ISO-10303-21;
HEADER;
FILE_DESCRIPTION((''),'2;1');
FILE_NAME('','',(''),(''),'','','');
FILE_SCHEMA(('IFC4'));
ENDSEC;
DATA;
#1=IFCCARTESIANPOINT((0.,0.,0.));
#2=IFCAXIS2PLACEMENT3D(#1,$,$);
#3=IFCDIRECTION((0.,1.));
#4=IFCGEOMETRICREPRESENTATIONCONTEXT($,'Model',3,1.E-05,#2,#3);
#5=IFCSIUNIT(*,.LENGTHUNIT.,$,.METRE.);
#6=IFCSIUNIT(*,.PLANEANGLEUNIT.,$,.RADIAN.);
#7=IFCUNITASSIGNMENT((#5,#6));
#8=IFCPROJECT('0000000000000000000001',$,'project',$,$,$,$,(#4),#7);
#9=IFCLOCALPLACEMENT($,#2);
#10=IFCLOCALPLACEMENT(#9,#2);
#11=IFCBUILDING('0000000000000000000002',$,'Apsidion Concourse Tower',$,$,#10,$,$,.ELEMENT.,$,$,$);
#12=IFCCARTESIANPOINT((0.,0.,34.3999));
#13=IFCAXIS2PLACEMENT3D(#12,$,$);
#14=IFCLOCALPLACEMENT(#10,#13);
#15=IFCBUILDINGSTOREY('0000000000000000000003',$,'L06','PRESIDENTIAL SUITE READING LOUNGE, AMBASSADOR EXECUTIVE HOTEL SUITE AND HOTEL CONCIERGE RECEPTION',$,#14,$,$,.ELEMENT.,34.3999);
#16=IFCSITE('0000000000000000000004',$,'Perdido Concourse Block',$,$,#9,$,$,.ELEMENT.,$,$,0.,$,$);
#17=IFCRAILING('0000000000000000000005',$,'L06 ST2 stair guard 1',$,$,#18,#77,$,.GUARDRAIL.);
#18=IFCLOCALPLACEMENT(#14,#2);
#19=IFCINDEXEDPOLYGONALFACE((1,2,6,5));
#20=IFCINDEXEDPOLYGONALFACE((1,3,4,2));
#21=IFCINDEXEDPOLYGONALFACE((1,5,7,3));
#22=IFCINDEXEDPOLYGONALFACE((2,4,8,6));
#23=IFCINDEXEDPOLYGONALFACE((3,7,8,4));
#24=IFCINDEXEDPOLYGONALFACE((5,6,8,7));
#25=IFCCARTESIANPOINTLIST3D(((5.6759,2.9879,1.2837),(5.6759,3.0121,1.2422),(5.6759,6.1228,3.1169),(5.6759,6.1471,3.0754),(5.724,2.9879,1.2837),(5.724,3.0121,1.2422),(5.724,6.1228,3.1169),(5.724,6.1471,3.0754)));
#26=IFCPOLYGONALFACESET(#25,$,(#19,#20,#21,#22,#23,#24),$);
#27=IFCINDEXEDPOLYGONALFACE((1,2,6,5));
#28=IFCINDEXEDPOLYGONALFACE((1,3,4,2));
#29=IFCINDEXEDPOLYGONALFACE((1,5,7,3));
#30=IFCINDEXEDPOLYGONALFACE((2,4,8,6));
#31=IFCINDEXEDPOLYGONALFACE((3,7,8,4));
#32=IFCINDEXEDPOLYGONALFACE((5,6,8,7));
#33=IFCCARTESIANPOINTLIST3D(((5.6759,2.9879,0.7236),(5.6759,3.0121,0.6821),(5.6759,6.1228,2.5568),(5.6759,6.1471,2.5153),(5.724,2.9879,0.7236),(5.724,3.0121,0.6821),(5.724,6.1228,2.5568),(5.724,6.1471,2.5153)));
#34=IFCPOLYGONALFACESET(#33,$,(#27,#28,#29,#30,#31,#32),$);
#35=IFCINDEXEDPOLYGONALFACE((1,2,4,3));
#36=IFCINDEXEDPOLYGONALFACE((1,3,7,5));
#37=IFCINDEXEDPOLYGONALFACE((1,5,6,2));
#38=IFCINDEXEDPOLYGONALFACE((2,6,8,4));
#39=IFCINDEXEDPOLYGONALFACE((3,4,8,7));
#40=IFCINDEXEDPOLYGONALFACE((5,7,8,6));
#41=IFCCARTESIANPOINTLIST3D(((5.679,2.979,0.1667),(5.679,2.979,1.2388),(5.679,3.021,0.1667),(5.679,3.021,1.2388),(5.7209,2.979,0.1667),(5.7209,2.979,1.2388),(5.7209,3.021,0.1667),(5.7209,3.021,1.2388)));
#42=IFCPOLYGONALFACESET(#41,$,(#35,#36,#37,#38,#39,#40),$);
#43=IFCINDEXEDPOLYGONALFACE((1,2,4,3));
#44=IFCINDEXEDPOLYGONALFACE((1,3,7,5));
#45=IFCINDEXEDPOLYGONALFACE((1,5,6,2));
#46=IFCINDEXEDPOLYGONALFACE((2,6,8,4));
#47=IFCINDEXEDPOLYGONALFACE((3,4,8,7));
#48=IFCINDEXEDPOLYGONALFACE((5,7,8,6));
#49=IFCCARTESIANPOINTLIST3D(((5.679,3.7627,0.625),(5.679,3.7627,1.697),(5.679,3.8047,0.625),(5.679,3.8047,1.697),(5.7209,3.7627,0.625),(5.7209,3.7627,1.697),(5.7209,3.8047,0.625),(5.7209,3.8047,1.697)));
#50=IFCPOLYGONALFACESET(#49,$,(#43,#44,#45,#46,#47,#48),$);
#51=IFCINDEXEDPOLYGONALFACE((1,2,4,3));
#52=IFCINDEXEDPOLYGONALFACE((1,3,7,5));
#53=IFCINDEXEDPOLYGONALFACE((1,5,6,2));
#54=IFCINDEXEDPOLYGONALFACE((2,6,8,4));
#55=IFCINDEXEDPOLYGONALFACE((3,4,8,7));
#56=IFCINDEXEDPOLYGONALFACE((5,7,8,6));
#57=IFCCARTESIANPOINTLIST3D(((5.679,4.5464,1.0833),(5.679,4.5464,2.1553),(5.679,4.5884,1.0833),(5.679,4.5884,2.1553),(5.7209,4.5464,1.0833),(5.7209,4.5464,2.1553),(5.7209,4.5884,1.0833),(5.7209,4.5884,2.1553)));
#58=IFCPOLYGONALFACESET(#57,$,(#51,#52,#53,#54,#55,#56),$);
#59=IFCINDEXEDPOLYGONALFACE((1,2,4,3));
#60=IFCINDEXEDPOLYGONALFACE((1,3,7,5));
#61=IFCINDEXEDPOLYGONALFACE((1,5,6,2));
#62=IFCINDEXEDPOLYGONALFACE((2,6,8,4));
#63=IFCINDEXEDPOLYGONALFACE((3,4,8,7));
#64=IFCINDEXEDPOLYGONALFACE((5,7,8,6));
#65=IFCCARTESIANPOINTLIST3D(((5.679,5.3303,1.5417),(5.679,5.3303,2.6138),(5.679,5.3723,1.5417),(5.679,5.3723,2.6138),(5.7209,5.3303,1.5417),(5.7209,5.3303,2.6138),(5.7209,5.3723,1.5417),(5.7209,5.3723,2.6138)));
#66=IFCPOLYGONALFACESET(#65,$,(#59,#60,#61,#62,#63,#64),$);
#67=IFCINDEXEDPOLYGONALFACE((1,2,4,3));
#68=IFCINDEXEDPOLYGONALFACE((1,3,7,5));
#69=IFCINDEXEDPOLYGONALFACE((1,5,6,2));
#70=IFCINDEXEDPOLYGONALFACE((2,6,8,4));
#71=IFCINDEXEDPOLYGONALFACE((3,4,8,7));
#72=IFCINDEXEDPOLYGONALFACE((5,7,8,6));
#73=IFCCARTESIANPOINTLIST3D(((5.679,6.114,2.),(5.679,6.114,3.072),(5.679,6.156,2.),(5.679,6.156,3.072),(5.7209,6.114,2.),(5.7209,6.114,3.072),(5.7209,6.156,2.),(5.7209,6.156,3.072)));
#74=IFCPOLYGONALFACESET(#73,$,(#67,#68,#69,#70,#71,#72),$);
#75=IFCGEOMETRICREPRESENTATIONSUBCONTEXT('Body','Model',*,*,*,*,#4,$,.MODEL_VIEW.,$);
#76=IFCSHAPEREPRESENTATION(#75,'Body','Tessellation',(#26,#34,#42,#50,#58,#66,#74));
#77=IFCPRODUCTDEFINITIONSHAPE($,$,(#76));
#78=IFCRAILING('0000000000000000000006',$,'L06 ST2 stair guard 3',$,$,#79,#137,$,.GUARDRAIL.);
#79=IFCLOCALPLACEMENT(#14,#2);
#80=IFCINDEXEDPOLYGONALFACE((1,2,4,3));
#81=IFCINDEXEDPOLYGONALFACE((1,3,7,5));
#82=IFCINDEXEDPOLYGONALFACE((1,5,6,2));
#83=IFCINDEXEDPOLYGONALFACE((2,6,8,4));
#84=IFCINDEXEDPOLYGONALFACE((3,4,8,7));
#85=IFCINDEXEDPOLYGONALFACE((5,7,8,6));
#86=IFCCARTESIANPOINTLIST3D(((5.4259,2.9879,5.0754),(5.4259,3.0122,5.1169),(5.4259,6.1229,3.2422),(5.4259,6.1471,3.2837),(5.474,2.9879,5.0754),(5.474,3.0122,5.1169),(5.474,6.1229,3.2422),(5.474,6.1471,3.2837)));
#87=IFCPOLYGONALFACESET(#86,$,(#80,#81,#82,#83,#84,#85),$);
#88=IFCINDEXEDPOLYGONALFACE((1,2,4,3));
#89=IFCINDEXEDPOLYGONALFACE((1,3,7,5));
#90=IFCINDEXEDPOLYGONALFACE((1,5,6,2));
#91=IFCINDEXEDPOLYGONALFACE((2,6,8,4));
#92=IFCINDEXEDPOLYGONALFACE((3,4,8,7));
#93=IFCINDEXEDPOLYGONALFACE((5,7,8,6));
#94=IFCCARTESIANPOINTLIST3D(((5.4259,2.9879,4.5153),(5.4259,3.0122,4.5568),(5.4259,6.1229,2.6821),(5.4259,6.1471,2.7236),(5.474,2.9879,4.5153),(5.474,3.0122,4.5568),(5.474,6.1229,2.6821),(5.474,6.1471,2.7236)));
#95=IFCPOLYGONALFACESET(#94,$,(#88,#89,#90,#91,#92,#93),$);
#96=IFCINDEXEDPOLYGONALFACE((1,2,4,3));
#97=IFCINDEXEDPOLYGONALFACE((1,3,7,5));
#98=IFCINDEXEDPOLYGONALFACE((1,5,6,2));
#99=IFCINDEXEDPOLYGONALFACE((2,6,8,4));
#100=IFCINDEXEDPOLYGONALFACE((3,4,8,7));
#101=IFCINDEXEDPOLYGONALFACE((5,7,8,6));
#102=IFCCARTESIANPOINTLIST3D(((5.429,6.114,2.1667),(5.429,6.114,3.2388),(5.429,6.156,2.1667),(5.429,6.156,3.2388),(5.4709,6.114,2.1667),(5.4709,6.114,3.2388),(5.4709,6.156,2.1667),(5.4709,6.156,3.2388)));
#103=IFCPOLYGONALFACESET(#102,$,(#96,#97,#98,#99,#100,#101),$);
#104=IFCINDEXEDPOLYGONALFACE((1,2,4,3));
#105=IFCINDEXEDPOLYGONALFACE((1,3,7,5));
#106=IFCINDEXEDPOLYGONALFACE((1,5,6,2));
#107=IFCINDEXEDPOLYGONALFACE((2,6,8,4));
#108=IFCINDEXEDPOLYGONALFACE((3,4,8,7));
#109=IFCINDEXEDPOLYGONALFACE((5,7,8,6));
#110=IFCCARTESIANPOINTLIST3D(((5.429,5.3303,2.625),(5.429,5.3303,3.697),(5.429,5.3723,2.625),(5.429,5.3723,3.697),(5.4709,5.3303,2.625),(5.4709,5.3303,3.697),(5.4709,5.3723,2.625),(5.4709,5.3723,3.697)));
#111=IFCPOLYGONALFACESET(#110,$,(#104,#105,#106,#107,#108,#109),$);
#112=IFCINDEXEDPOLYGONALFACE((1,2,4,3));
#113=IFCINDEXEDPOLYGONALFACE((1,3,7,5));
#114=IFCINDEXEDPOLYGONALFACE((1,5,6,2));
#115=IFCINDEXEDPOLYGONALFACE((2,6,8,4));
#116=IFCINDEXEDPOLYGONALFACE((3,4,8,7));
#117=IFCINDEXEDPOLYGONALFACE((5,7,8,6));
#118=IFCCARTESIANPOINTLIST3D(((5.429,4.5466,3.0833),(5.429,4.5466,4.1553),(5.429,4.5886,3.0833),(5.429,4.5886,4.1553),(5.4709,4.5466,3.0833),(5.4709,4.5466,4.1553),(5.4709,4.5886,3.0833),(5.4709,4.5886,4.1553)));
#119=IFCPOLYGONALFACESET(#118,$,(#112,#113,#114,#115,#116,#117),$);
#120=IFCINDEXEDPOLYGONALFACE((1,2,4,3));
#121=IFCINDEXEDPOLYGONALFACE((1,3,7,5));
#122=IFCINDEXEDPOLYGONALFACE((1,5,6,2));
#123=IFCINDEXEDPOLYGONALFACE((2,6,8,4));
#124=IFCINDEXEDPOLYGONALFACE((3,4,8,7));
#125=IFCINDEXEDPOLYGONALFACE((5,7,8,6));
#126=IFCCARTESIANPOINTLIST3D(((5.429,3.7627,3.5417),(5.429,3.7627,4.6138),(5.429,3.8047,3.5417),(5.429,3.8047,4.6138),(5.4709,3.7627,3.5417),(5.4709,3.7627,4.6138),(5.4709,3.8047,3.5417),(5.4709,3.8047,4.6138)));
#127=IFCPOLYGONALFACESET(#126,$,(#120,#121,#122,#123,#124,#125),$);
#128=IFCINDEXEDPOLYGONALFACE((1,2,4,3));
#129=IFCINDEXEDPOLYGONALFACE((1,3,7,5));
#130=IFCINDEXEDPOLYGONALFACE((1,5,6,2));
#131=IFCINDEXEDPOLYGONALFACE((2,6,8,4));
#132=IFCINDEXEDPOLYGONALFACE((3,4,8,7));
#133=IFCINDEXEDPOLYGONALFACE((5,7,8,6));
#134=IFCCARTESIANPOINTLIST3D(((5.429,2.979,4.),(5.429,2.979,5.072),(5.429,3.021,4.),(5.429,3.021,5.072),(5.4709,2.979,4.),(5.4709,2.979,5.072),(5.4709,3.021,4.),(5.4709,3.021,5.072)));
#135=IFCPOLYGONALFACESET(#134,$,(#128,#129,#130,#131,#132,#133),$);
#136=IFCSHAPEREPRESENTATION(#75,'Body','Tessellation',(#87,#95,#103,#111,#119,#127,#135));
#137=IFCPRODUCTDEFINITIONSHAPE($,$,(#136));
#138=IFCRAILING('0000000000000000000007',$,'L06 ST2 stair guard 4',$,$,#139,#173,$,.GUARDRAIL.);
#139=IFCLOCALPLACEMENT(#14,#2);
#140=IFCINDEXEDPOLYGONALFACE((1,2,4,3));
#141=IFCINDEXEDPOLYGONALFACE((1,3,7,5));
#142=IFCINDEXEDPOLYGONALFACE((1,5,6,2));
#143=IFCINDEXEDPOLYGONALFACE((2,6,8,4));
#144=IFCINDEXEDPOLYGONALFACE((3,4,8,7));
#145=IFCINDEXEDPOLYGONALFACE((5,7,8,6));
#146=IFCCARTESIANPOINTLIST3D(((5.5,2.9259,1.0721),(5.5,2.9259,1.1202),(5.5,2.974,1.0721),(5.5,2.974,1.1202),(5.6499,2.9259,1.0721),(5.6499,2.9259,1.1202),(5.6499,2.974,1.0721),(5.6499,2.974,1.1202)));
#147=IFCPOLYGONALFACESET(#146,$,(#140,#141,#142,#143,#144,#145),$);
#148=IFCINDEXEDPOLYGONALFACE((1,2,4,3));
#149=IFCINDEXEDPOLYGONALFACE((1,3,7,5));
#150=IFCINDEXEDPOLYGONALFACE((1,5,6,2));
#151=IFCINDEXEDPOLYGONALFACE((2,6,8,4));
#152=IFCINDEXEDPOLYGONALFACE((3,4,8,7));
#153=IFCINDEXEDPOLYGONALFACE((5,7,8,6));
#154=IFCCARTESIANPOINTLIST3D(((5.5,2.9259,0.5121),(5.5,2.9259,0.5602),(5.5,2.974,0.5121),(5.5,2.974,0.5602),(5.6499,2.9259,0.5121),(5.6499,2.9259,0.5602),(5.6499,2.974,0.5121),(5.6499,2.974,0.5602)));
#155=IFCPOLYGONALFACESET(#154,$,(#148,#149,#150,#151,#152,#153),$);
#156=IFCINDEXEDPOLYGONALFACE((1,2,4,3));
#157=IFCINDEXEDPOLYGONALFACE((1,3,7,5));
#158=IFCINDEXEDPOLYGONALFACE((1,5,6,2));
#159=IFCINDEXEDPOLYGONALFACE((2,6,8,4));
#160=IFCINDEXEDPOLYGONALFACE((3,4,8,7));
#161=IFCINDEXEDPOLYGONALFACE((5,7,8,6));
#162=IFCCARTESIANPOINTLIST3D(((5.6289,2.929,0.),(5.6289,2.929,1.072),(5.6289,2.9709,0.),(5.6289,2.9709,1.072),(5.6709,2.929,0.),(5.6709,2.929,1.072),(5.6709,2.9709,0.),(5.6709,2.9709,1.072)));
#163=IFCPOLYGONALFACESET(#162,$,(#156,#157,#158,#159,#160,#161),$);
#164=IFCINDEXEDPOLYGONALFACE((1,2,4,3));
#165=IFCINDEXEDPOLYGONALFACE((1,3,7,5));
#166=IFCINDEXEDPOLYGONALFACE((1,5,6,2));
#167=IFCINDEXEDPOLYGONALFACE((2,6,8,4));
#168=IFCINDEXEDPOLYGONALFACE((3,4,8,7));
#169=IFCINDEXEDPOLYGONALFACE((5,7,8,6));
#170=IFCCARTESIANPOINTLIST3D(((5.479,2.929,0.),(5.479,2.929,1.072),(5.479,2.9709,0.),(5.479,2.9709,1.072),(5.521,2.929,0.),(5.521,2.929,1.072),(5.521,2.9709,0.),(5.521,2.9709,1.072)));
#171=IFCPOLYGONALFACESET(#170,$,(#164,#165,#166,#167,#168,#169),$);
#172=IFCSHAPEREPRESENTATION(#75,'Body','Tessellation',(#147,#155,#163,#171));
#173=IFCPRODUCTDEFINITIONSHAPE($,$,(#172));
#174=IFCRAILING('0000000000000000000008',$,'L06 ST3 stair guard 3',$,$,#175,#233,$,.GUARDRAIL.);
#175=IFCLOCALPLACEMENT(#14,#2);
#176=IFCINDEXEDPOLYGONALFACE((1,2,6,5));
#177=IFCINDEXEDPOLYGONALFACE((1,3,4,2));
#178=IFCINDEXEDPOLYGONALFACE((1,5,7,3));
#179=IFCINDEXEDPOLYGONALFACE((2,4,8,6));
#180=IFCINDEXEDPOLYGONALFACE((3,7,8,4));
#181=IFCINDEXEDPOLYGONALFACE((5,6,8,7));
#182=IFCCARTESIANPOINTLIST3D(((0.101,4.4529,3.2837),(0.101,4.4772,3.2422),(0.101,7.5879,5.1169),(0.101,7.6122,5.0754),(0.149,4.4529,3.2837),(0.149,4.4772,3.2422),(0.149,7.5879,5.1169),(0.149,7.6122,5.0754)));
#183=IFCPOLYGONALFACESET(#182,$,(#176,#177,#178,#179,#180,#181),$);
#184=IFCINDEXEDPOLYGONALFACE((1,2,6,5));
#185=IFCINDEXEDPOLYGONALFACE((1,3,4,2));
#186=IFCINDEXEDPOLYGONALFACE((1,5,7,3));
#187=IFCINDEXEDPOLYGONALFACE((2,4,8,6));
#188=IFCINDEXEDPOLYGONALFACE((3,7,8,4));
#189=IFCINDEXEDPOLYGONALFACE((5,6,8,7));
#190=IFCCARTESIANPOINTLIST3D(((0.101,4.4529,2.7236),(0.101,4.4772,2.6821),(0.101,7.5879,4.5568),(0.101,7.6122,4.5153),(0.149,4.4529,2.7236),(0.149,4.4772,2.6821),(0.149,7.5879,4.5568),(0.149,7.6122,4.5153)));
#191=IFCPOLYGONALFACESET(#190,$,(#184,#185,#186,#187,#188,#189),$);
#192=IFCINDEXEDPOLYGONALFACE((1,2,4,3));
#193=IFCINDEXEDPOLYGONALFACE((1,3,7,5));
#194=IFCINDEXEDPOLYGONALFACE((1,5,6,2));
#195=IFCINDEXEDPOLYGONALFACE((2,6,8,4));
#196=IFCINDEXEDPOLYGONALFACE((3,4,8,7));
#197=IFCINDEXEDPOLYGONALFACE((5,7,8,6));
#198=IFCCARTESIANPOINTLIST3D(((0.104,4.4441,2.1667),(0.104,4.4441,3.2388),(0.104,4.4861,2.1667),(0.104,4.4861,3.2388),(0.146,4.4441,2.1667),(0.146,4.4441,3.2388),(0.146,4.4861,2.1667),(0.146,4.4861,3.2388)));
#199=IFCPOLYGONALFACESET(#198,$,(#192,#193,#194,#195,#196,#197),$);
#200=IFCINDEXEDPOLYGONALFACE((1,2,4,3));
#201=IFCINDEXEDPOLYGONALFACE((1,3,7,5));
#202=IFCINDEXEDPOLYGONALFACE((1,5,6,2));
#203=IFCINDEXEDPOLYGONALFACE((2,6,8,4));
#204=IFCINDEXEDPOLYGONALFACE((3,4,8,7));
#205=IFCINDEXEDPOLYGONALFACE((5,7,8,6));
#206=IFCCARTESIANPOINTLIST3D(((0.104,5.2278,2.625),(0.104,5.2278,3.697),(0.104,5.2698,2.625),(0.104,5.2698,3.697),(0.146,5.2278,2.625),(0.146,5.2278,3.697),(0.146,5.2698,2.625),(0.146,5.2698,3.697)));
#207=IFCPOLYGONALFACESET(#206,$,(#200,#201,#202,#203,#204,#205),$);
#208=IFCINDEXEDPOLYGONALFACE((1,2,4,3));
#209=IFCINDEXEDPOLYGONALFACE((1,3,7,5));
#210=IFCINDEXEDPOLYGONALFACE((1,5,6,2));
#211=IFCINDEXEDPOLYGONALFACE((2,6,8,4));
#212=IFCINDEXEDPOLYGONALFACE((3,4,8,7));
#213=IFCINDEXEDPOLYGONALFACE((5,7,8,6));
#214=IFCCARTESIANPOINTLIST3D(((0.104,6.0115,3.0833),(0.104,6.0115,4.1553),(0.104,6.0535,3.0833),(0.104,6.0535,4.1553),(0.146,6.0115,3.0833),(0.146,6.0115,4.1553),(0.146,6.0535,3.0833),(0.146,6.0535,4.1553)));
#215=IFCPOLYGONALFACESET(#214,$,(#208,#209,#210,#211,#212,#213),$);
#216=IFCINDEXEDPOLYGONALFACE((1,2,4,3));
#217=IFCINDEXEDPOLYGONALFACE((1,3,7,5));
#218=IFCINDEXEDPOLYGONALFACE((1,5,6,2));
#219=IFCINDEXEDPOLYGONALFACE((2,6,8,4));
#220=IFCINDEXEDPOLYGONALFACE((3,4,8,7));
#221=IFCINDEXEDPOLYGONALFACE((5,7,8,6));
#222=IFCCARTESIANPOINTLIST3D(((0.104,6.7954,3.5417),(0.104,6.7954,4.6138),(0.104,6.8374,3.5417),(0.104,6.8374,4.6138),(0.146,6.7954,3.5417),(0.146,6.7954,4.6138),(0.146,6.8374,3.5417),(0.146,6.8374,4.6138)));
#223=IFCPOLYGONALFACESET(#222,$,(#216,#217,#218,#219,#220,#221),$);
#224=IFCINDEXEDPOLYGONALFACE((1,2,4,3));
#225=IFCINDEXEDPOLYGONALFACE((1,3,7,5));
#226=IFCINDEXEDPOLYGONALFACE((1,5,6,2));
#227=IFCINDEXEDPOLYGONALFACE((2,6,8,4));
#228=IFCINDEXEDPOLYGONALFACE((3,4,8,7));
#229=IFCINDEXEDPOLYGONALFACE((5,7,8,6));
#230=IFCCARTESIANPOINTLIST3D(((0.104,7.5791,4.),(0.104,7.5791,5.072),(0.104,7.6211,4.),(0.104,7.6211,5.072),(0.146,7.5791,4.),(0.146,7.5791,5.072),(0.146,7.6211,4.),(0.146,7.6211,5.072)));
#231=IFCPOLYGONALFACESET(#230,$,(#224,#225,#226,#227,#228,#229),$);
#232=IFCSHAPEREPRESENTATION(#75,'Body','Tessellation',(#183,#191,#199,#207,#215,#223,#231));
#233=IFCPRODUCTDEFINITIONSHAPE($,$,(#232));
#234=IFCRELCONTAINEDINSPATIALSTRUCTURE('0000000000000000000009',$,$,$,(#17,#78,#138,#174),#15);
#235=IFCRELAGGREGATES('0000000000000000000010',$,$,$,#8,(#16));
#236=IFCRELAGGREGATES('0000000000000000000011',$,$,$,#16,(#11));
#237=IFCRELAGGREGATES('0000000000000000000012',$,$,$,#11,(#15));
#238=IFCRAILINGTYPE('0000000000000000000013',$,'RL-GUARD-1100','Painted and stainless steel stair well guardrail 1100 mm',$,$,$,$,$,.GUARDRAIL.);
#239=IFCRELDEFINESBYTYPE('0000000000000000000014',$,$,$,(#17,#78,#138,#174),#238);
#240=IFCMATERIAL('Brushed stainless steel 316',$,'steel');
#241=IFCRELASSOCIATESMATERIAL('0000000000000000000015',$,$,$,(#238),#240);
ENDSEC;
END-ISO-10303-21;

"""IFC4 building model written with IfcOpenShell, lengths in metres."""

from ifc_helpers import new_model, si_unit, direction, frame, origin, origin_2d, place, context, subcontext, project, spatial, rectangle, extrude, material, type_object, element, save


model = new_model("IFC4")

# Units and contexts
model_context = context("Model", 3, precision=1e-05, world=origin(), true_north=direction((0.0, 1.0)))
body_context = subcontext(model_context, "Body", "Model", "MODEL_VIEW")
ifc_project = project(units=[si_unit("LENGTHUNIT", "METRE"), si_unit("PLANEANGLEUNIT", "RADIAN")], contexts=[model_context])

# Site, building, storey
site_placement = place(None, origin())
site = spatial("IfcSite", under=ifc_project, at=site_placement, Name="Perdido Concourse Block", CompositionType="ELEMENT", RefElevation=0.0)
building_placement = place(site_placement, origin())
building = spatial("IfcBuilding", under=site, at=building_placement, Name="Apsidion Concourse Tower", CompositionType="ELEMENT")
storey_placement = place(building_placement, frame((0.0, 0.0, 34.3999)))
storey = spatial("IfcBuildingStorey", under=building, at=storey_placement, Name="L06", Description="PRESIDENTIAL SUITE READING LOUNGE, AMBASSADOR EXECUTIVE HOTEL SUITE AND HOTEL CONCIERGE RECEPTION", CompositionType="ELEMENT", Elevation=34.3999)

# Railings
ifc_material_1 = material(Name="Brushed stainless steel 316", Category="steel")
railing_type_1 = type_object("IfcRailingType", Name="RL-GUARD-1100", Description="Painted and stainless steel stair well guardrail 1100 mm", PredefinedType="GUARDRAIL", material=ifc_material_1)
railing_1_placement = place(storey_placement, frame((5.7, 3.0, 0.1667)))
element("IfcRailing", 1, at=railing_1_placement, inside=storey, type_object=railing_type_1, Name="L06 ST2 stair guard 1", PredefinedType="GUARDRAIL", context=body_context, shape_type="SweptSolid", body=[
    extrude(rectangle(XDim=0.0481, YDim=0.0481, at=origin_2d()), frame((0.0, 0.0, 1.0962), z_axis=(0.0, 0.86324, 0.504794), x_axis=(-1.0, 0.0, 0.0)), (0.0, 0.0, 1.0), 3.6316),
    extrude(rectangle(XDim=0.0481, YDim=0.0481, at=origin_2d()), frame((0.0, 0.0, 0.5361), z_axis=(0.0, 0.86324, 0.504794), x_axis=(-1.0, 0.0, 0.0)), (0.0, 0.0, 1.0), 3.6316),
    extrude(rectangle(XDim=0.042, YDim=0.042, at=origin_2d()), origin(), (0.0, 0.0, 1.0), 1.072),
    extrude(rectangle(XDim=0.042, YDim=0.042, at=origin_2d()), frame((0.0, 0.7837, 0.4583)), (0.0, 0.0, 1.0), 1.072),
    extrude(rectangle(XDim=0.042, YDim=0.042, at=origin_2d()), frame((0.0, 1.5674, 0.9165)), (0.0, 0.0, 1.0), 1.072),
    extrude(rectangle(XDim=0.042, YDim=0.042, at=origin_2d()), frame((0.0, 2.3513, 1.375)), (0.0, 0.0, 1.0), 1.072),
    extrude(rectangle(XDim=0.042, YDim=0.042, at=origin_2d()), frame((0.0, 3.135, 1.8333)), (0.0, 0.0, 1.0), 1.072),
])
railing_2_placement = place(storey_placement, frame((5.45, 6.135, 2.1667)))
element("IfcRailing", 2, at=railing_2_placement, inside=storey, type_object=railing_type_1, Name="L06 ST2 stair guard 3", PredefinedType="GUARDRAIL", context=body_context, shape_type="SweptSolid", body=[
    extrude(rectangle(XDim=0.0481, YDim=0.0481, at=origin_2d()), frame((0.0, 0.0, 1.0962), z_axis=(0.0, -0.86324, 0.504794), x_axis=(1.0, 0.0, 0.0)), (0.0, 0.0, 1.0), 3.6316),
    extrude(rectangle(XDim=0.0481, YDim=0.0481, at=origin_2d()), frame((0.0, 0.0, 0.5361), z_axis=(0.0, -0.86324, 0.504794), x_axis=(1.0, 0.0, 0.0)), (0.0, 0.0, 1.0), 3.6316),
    extrude(rectangle(XDim=0.042, YDim=0.042, at=origin_2d()), origin(), (0.0, 0.0, 1.0), 1.072),
    extrude(rectangle(XDim=0.042, YDim=0.042, at=origin_2d()), frame((0.0, -0.7837, 0.4583)), (0.0, 0.0, 1.0), 1.072),
    extrude(rectangle(XDim=0.042, YDim=0.042, at=origin_2d()), frame((0.0, -1.5674, 0.9165)), (0.0, 0.0, 1.0), 1.072),
    extrude(rectangle(XDim=0.042, YDim=0.042, at=origin_2d()), frame((0.0, -2.3513, 1.375)), (0.0, 0.0, 1.0), 1.072),
    extrude(rectangle(XDim=0.042, YDim=0.042, at=origin_2d()), frame((0.0, -3.135, 1.8333)), (0.0, 0.0, 1.0), 1.072),
])
railing_3_placement = place(storey_placement, frame((5.6499, 2.95, 0.0)))
element("IfcRailing", 3, at=railing_3_placement, inside=storey, type_object=railing_type_1, Name="L06 ST2 stair guard 4", PredefinedType="GUARDRAIL", context=body_context, shape_type="SweptSolid", body=[
    extrude(rectangle(XDim=0.0481, YDim=0.0481, at=origin_2d()), frame((0.0, 0.0, 1.0962), z_axis=(-1.0, 0.0, 0.0), x_axis=(0.0, -1.0, 0.0)), (0.0, 0.0, 1.0), 0.1499),
    extrude(rectangle(XDim=0.0481, YDim=0.0481, at=origin_2d()), frame((0.0, 0.0, 0.5361), z_axis=(-1.0, 0.0, 0.0), x_axis=(0.0, -1.0, 0.0)), (0.0, 0.0, 1.0), 0.1499),
    extrude(rectangle(XDim=0.042, YDim=0.042, at=origin_2d()), origin(), (0.0, 0.0, 1.0), 1.072),
    extrude(rectangle(XDim=0.042, YDim=0.042, at=origin_2d()), frame((-0.1499, 0.0, 0.0)), (0.0, 0.0, 1.0), 1.072),
])
railing_4_placement = place(storey_placement, frame((0.125, 4.4651, 2.1667)))
element("IfcRailing", 4, at=railing_4_placement, inside=storey, type_object=railing_type_1, Name="L06 ST3 stair guard 3", PredefinedType="GUARDRAIL", context=body_context, shape_type="SweptSolid", body=[
    extrude(rectangle(XDim=0.0481, YDim=0.0481, at=origin_2d()), frame((0.0, 0.0, 1.0962), z_axis=(0.0, 0.86324, 0.504794), x_axis=(-1.0, 0.0, 0.0)), (0.0, 0.0, 1.0), 3.6316),
    extrude(rectangle(XDim=0.0481, YDim=0.0481, at=origin_2d()), frame((0.0, 0.0, 0.5361), z_axis=(0.0, 0.86324, 0.504794), x_axis=(-1.0, 0.0, 0.0)), (0.0, 0.0, 1.0), 3.6316),
    extrude(rectangle(XDim=0.042, YDim=0.042, at=origin_2d()), origin(), (0.0, 0.0, 1.0), 1.072),
    extrude(rectangle(XDim=0.042, YDim=0.042, at=origin_2d()), frame((0.0, 0.7837, 0.4583)), (0.0, 0.0, 1.0), 1.072),
    extrude(rectangle(XDim=0.042, YDim=0.042, at=origin_2d()), frame((0.0, 1.5674, 0.9165)), (0.0, 0.0, 1.0), 1.072),
    extrude(rectangle(XDim=0.042, YDim=0.042, at=origin_2d()), frame((0.0, 2.3513, 1.375)), (0.0, 0.0, 1.0), 1.072),
    extrude(rectangle(XDim=0.042, YDim=0.042, at=origin_2d()), frame((0.0, 3.135, 1.8333)), (0.0, 0.0, 1.0), 1.072),
])

save(model, "model.ifc")
